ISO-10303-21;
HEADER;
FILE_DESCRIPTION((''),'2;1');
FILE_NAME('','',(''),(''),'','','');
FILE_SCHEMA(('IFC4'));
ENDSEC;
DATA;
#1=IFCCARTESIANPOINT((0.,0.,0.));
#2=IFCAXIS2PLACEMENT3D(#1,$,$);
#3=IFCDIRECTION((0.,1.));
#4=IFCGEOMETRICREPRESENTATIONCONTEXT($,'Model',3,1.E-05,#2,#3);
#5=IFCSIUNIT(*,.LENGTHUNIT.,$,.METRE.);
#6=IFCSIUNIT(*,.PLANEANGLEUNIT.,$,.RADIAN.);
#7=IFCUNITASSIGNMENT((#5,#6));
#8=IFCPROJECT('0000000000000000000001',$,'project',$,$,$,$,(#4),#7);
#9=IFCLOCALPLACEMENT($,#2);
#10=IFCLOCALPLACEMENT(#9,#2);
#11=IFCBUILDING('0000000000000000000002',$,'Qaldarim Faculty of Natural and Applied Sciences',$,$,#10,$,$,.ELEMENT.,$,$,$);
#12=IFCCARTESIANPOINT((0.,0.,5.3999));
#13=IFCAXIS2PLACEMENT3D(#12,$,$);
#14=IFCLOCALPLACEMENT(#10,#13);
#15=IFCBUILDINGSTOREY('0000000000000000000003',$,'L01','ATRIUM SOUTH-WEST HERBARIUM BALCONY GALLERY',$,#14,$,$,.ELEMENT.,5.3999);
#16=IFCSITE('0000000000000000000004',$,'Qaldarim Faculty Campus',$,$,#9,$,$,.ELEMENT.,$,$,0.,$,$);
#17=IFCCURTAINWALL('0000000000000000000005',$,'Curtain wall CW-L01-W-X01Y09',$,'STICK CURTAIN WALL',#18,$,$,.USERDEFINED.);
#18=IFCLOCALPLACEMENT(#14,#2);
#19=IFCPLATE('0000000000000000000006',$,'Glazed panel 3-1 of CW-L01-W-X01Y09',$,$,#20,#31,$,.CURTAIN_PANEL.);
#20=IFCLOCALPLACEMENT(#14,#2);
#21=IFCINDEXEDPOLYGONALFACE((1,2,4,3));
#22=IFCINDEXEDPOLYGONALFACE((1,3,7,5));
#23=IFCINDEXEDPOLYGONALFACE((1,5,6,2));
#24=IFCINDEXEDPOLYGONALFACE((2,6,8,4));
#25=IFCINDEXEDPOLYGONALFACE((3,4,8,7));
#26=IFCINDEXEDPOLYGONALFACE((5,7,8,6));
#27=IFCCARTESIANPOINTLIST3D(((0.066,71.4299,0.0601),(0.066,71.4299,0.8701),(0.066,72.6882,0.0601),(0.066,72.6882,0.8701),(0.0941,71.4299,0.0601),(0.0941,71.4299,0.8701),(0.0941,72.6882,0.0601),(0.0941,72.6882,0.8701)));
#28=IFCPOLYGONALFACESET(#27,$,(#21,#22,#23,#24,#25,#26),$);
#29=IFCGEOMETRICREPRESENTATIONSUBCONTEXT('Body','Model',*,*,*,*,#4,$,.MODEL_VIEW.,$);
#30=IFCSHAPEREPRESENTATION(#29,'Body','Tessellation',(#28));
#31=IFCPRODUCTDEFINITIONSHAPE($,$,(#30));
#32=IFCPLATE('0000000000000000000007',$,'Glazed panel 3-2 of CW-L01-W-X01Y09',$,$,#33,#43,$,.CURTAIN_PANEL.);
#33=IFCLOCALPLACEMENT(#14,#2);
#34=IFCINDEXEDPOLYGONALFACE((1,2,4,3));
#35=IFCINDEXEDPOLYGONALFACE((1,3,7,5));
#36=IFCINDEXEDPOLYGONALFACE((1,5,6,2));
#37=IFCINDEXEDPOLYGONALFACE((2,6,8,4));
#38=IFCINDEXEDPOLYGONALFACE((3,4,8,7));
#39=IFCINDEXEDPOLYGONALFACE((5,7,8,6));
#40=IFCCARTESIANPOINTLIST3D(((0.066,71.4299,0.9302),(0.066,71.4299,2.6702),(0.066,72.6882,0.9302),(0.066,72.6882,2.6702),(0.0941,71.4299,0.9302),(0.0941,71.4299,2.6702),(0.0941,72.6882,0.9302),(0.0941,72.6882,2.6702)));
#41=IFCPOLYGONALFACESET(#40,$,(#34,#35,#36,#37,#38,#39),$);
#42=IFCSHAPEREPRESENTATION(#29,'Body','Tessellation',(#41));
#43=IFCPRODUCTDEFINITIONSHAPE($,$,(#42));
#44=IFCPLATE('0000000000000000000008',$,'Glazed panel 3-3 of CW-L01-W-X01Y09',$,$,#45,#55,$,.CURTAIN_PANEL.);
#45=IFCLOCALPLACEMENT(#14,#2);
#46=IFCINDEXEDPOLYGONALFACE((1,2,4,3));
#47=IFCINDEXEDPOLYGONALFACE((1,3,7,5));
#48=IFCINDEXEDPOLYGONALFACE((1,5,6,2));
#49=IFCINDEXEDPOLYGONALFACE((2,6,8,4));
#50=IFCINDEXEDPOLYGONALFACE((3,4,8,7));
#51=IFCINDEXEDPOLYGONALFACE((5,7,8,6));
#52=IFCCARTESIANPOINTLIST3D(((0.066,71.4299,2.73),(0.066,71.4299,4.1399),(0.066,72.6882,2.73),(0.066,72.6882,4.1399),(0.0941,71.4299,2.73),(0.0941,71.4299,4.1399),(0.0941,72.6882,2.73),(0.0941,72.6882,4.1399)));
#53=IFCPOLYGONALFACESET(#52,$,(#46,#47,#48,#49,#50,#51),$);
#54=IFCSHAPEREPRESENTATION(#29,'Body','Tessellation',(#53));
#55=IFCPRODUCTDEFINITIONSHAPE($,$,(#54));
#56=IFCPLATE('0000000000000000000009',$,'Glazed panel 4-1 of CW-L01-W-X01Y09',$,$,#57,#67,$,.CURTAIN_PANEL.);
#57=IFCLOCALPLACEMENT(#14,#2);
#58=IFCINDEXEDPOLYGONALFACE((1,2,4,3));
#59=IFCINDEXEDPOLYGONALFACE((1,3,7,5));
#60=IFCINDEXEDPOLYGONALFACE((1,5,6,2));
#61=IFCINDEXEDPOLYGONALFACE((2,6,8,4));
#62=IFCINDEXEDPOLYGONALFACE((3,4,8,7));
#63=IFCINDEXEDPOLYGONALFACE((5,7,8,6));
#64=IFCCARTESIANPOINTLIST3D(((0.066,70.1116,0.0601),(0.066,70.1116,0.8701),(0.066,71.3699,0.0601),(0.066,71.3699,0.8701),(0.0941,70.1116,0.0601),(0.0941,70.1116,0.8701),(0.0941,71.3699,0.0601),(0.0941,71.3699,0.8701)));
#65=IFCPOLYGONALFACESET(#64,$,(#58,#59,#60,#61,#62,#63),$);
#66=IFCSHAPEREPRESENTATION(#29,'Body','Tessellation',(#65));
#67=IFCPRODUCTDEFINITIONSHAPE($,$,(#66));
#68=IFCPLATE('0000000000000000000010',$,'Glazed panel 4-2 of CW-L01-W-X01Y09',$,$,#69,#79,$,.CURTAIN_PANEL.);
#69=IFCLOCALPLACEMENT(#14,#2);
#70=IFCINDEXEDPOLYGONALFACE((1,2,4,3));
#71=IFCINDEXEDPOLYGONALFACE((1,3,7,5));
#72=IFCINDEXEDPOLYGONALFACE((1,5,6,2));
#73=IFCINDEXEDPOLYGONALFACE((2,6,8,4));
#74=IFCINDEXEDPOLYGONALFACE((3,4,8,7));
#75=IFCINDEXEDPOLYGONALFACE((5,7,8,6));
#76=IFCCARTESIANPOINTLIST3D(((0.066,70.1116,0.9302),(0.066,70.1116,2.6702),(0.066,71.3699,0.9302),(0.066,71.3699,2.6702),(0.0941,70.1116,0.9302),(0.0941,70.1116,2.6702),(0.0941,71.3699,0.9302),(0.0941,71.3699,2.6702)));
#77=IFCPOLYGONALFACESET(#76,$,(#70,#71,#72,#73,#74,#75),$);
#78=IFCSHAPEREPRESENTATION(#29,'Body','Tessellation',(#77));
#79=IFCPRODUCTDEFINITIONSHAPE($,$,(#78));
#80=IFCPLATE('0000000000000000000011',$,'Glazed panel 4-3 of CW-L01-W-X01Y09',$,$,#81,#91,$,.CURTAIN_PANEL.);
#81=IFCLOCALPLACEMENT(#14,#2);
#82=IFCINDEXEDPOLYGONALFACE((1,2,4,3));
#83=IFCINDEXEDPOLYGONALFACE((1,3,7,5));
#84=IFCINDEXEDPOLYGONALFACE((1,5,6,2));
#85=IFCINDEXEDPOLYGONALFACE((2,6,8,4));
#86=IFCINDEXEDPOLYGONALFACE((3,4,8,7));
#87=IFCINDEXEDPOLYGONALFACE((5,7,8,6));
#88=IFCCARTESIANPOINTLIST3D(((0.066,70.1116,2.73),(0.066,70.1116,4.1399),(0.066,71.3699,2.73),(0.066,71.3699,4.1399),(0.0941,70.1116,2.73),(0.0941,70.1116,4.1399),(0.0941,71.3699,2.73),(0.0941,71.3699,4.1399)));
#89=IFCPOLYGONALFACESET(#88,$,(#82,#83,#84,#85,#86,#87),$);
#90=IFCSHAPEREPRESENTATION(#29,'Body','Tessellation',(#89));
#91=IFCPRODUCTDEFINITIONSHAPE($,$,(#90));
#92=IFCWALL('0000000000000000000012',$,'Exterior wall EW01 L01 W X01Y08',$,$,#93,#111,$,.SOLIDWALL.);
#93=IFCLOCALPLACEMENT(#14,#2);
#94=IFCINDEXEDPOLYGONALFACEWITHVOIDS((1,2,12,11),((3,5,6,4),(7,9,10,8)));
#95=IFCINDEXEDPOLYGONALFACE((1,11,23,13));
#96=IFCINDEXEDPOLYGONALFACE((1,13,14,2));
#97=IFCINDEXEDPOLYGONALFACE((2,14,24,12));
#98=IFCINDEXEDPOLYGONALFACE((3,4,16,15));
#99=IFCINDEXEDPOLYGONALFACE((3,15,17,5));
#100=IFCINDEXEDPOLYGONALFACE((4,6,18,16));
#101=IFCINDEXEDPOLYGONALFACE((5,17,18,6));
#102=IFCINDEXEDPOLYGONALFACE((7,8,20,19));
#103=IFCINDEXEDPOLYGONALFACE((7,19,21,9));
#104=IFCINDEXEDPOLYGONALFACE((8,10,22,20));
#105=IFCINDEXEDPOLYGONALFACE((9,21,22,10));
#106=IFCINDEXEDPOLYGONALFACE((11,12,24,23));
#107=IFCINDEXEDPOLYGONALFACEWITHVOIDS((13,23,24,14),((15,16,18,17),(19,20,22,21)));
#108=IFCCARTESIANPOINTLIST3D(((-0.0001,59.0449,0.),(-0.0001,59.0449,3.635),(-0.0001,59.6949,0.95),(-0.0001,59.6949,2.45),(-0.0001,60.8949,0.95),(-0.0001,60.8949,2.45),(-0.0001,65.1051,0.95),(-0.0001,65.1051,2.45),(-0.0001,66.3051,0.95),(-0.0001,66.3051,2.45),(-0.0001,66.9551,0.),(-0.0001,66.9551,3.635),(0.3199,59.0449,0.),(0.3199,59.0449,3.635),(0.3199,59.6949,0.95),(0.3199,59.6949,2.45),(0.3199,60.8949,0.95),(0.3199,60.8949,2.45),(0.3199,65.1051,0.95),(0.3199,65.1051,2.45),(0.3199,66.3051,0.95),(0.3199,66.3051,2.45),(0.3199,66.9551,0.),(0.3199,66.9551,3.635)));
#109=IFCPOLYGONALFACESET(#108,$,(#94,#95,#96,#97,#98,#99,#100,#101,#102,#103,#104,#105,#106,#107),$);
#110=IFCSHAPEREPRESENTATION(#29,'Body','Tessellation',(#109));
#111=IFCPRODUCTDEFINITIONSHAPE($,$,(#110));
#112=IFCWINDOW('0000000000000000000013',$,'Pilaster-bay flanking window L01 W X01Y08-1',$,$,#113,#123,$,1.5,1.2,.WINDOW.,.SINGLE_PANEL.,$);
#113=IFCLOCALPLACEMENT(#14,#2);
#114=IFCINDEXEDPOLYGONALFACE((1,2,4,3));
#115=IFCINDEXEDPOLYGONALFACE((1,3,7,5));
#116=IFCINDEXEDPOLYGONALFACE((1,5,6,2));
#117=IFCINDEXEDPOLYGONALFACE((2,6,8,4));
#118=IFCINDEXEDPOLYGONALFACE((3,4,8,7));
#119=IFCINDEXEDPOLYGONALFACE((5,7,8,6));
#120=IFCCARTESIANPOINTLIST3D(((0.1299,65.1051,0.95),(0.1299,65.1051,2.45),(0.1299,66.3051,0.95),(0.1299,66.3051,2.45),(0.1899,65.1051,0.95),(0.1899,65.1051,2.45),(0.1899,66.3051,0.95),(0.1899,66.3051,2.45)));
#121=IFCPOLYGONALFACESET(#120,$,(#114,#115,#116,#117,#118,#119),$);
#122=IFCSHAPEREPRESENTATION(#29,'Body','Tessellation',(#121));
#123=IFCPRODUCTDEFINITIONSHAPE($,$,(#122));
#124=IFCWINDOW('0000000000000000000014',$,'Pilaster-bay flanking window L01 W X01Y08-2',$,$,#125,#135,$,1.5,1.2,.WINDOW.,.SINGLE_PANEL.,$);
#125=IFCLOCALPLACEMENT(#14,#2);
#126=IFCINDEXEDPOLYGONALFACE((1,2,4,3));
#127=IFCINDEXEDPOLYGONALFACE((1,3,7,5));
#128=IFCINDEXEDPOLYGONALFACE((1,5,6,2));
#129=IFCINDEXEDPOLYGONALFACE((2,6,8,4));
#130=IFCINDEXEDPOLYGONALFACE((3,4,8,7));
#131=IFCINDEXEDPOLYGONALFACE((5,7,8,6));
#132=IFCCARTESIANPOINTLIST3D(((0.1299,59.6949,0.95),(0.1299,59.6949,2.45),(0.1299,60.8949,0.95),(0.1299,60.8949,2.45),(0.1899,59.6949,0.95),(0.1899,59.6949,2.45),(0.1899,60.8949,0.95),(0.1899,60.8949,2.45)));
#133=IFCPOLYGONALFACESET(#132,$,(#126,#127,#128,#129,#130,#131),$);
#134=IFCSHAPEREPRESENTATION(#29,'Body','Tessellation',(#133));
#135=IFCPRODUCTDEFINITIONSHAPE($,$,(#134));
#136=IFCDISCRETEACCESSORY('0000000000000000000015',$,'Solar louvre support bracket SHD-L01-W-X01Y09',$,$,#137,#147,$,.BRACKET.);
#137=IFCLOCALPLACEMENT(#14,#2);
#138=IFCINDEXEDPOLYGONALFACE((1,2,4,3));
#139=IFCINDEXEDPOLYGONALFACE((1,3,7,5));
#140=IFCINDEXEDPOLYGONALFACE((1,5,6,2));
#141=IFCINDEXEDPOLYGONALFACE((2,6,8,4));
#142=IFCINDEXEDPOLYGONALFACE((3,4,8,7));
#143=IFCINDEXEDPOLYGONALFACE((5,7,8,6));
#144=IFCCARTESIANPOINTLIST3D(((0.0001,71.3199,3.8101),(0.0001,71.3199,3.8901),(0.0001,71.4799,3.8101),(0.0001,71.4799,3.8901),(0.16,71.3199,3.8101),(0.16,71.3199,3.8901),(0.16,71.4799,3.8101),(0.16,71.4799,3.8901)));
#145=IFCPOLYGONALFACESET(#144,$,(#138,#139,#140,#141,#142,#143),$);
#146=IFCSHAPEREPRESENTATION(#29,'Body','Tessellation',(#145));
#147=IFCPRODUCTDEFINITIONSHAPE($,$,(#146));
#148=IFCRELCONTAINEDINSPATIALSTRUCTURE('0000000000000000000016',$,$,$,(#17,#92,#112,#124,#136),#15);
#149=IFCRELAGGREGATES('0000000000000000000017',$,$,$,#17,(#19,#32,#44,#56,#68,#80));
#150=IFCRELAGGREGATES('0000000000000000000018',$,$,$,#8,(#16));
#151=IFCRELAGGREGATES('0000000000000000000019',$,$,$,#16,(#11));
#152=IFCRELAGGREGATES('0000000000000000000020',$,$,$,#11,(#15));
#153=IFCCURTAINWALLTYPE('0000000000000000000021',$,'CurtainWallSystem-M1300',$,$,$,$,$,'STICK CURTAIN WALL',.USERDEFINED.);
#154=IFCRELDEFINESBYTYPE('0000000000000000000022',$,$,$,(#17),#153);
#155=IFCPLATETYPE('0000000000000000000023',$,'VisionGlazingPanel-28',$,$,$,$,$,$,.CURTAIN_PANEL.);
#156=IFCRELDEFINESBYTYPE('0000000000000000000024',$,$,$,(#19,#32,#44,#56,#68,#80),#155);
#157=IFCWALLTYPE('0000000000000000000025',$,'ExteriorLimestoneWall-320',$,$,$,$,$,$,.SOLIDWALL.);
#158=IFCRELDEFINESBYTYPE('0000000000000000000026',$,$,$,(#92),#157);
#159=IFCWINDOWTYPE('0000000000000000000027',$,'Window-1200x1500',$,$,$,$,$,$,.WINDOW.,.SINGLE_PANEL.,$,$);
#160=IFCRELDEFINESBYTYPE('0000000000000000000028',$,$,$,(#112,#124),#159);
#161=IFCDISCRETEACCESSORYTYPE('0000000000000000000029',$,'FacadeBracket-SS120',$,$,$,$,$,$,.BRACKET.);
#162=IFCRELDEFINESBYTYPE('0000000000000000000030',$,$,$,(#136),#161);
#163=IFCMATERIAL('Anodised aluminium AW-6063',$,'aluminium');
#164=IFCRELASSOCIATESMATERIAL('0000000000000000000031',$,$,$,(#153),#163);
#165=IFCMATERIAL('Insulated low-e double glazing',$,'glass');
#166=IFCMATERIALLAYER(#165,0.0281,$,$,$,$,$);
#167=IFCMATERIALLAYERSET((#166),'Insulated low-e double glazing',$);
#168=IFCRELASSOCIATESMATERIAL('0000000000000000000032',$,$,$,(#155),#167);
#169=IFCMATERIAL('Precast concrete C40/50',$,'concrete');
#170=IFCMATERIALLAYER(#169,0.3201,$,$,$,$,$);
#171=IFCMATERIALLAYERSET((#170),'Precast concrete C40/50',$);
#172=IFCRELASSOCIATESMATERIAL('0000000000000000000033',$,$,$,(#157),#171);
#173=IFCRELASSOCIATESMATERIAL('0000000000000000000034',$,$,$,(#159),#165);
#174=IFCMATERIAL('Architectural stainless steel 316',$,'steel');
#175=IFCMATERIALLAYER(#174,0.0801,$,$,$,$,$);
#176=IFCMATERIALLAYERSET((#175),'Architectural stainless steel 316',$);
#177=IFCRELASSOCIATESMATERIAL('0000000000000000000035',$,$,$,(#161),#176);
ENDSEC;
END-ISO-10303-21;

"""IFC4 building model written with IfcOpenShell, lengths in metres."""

from ifc_helpers import new_model, si_unit, direction, frame, frame_2d, origin, origin_2d, place, context, subcontext, project, spatial, rectangle, extrude, material, layer, layer_set, type_object, element, fill, aggregate, save


model = new_model("IFC4")

# Units and contexts
model_context = context("Model", 3, precision=1e-05, world=origin(), true_north=direction((0.0, 1.0)))
body_context = subcontext(model_context, "Body", "Model", "MODEL_VIEW")
ifc_project = project(units=[si_unit("LENGTHUNIT", "METRE"), si_unit("PLANEANGLEUNIT", "RADIAN")], contexts=[model_context])

# Site, building, storey
site_placement = place(None, origin())
site = spatial("IfcSite", under=ifc_project, at=site_placement, Name="Qaldarim Faculty Campus", CompositionType="ELEMENT", RefElevation=0.0)
building_placement = place(site_placement, origin())
building = spatial("IfcBuilding", under=site, at=building_placement, Name="Qaldarim Faculty of Natural and Applied Sciences", CompositionType="ELEMENT")
storey_placement = place(building_placement, frame((0.0, 0.0, 5.3999)))
storey = spatial("IfcBuildingStorey", under=building, at=storey_placement, Name="L01", Description="ATRIUM SOUTH-WEST HERBARIUM BALCONY GALLERY", CompositionType="ELEMENT", Elevation=5.3999)

# Curtain wall
ifc_material_1 = material(Name="Anodised aluminium AW-6063", Category="aluminium")
curtain_wall_type = type_object("IfcCurtainWallType", Name="CurtainWallSystem-M1300", ElementType="STICK CURTAIN WALL", PredefinedType="USERDEFINED", material=ifc_material_1)
curtain_wall_placement = place(storey_placement, origin())
curtain_wall = element("IfcCurtainWall", 1, at=curtain_wall_placement, inside=storey, type_object=curtain_wall_type, Name="Curtain wall CW-L01-W-X01Y09", ObjectType="STICK CURTAIN WALL", PredefinedType="USERDEFINED")

# Plates
ifc_material_2 = material(Name="Insulated low-e double glazing", Category="glass")
ifc_layer_1 = layer(ifc_material_2, 0.0281)
ifc_layer_set_1 = layer_set([ifc_layer_1], Name="Insulated low-e double glazing")
plate_type = type_object("IfcPlateType", Name="VisionGlazingPanel-28", PredefinedType="CURTAIN_PANEL", material=ifc_layer_set_1)
plate_1_placement = place(storey_placement, frame((0.0801, 72.0591, 0.0601), z_axis=(0.0, 0.0, 1.0), x_axis=(0.0, -1.0, 0.0)))
plate_1 = element("IfcPlate", 2, at=plate_1_placement, type_object=plate_type, Name="Glazed panel 3-1 of CW-L01-W-X01Y09", PredefinedType="CURTAIN_PANEL", context=body_context, shape_type="SweptSolid", body=[
    extrude(rectangle(XDim=1.2583, YDim=0.0281, at=origin_2d()), origin(), (0.0, 0.0, 1.0), 0.8101),
])
plate_2_placement = place(storey_placement, frame((0.0801, 72.0591, 0.9302), z_axis=(0.0, 0.0, 1.0), x_axis=(0.0, -1.0, 0.0)))
plate_2 = element("IfcPlate", 3, at=plate_2_placement, type_object=plate_type, Name="Glazed panel 3-2 of CW-L01-W-X01Y09", PredefinedType="CURTAIN_PANEL", context=body_context, shape_type="SweptSolid", body=[
    extrude(rectangle(XDim=1.2583, YDim=0.0281, at=origin_2d()), origin(), (0.0, 0.0, 1.0), 1.74),
])
plate_3_placement = place(storey_placement, frame((0.0801, 72.0591, 2.73), z_axis=(0.0, 0.0, 1.0), x_axis=(0.0, -1.0, 0.0)))
plate_3 = element("IfcPlate", 4, at=plate_3_placement, type_object=plate_type, Name="Glazed panel 3-3 of CW-L01-W-X01Y09", PredefinedType="CURTAIN_PANEL", context=body_context, shape_type="SweptSolid", body=[
    extrude(rectangle(XDim=1.2583, YDim=0.0281, at=origin_2d()), origin(), (0.0, 0.0, 1.0), 1.4099),
])
plate_4_placement = place(storey_placement, frame((0.0801, 70.7407, 0.0601), z_axis=(0.0, 0.0, 1.0), x_axis=(0.0, -1.0, 0.0)))
plate_4 = element("IfcPlate", 5, at=plate_4_placement, type_object=plate_type, Name="Glazed panel 4-1 of CW-L01-W-X01Y09", PredefinedType="CURTAIN_PANEL", context=body_context, shape_type="SweptSolid", body=[
    extrude(rectangle(XDim=1.2583, YDim=0.0281, at=origin_2d()), origin(), (0.0, 0.0, 1.0), 0.8101),
])
plate_5_placement = place(storey_placement, frame((0.0801, 70.7407, 0.9302), z_axis=(0.0, 0.0, 1.0), x_axis=(0.0, -1.0, 0.0)))
plate_5 = element("IfcPlate", 6, at=plate_5_placement, type_object=plate_type, Name="Glazed panel 4-2 of CW-L01-W-X01Y09", PredefinedType="CURTAIN_PANEL", context=body_context, shape_type="SweptSolid", body=[
    extrude(rectangle(XDim=1.2583, YDim=0.0281, at=origin_2d()), origin(), (0.0, 0.0, 1.0), 1.74),
])
plate_6_placement = place(storey_placement, frame((0.0801, 70.7407, 2.73), z_axis=(0.0, 0.0, 1.0), x_axis=(0.0, -1.0, 0.0)))
plate_6 = element("IfcPlate", 7, at=plate_6_placement, type_object=plate_type, Name="Glazed panel 4-3 of CW-L01-W-X01Y09", PredefinedType="CURTAIN_PANEL", context=body_context, shape_type="SweptSolid", body=[
    extrude(rectangle(XDim=1.2583, YDim=0.0281, at=origin_2d()), origin(), (0.0, 0.0, 1.0), 1.4099),
])
aggregate(curtain_wall, [plate_1, plate_2, plate_3, plate_4, plate_5, plate_6])

# Wall, openings, windows
ifc_material_3 = material(Name="Precast concrete C40/50", Category="concrete")
ifc_layer_2 = layer(ifc_material_3, 0.3201)
ifc_layer_set_2 = layer_set([ifc_layer_2], Name="Precast concrete C40/50")
wall_type = type_object("IfcWallType", Name="ExteriorLimestoneWall-320", PredefinedType="SOLIDWALL", material=ifc_layer_set_2)
wall_placement = place(storey_placement, frame((0.1599, 66.9551, 0.0), z_axis=(0.0, 0.0, 1.0), x_axis=(0.0, -1.0, 0.0)))
wall = element("IfcWall", 8, at=wall_placement, inside=storey, type_object=wall_type, Name="Exterior wall EW01 L01 W X01Y08", PredefinedType="SOLIDWALL", context=body_context, shape_type="SweptSolid", body=[
    extrude(rectangle(XDim=7.9102, YDim=0.3201, at=frame_2d((3.9551, 0.0))), origin(), (0.0, 0.0, 1.0), 3.635),
])
opening_1_placement = place(wall_placement, frame((0.6499, 0.0, 0.95)))
opening_1 = element("IfcOpeningElement", 9, at=opening_1_placement, cuts=wall, PredefinedType="OPENING", context=body_context, shape_type="SweptSolid", body=[
    extrude(rectangle(XDim=1.2, YDim=1.5, at=frame_2d((0.6001, 0.75))), frame((0.0, 0.1699, 0.0), z_axis=(0.0, -1.0, 0.0), x_axis=(1.0, 0.0, 0.0)), (0.0, 0.0, 1.0), 0.3401),
])
opening_2_placement = place(wall_placement, frame((6.0601, 0.0, 0.95)))
opening_2 = element("IfcOpeningElement", 10, at=opening_2_placement, cuts=wall, PredefinedType="OPENING", context=body_context, shape_type="SweptSolid", body=[
    extrude(rectangle(XDim=1.2, YDim=1.5, at=frame_2d((0.6001, 0.75))), frame((0.0, 0.1699, 0.0), z_axis=(0.0, -1.0, 0.0), x_axis=(1.0, 0.0, 0.0)), (0.0, 0.0, 1.0), 0.3401),
])
window_type = type_object("IfcWindowType", Name="Window-1200x1500", PartitioningType="SINGLE_PANEL", PredefinedType="WINDOW", material=ifc_material_2)
window_1_placement = place(opening_1_placement, origin())
window_1 = element("IfcWindow", 11, at=window_1_placement, inside=storey, type_object=window_type, Name="Pilaster-bay flanking window L01 W X01Y08-1", OverallHeight=1.5, OverallWidth=1.2, PartitioningType="SINGLE_PANEL", PredefinedType="WINDOW", context=body_context, shape_type="SweptSolid", body=[
    extrude(rectangle(XDim=1.2, YDim=1.5, at=frame_2d((0.6001, 0.75))), frame((0.0, 0.03, 0.0), z_axis=(0.0, -1.0, 0.0), x_axis=(1.0, 0.0, 0.0)), (0.0, 0.0, 1.0), 0.0601),
])
fill(opening_1, window_1)
window_2_placement = place(opening_2_placement, origin())
window_2 = element("IfcWindow", 12, at=window_2_placement, inside=storey, type_object=window_type, Name="Pilaster-bay flanking window L01 W X01Y08-2", OverallHeight=1.5, OverallWidth=1.2, PartitioningType="SINGLE_PANEL", PredefinedType="WINDOW", context=body_context, shape_type="SweptSolid", body=[
    extrude(rectangle(XDim=1.2, YDim=1.5, at=frame_2d((0.6001, 0.75))), frame((0.0, 0.03, 0.0), z_axis=(0.0, -1.0, 0.0), x_axis=(1.0, 0.0, 0.0)), (0.0, 0.0, 1.0), 0.0601),
])
fill(opening_2, window_2)

# Discrete accessory
ifc_material_4 = material(Name="Architectural stainless steel 316", Category="steel")
ifc_layer_3 = layer(ifc_material_4, 0.0801)
ifc_layer_set_3 = layer_set([ifc_layer_3], Name="Architectural stainless steel 316")
discrete_accessory_type = type_object("IfcDiscreteAccessoryType", Name="FacadeBracket-SS120", PredefinedType="BRACKET", material=ifc_layer_set_3)
discrete_accessory_placement = place(storey_placement, frame((0.0801, 71.3999, 3.8101), z_axis=(0.0, 0.0, 1.0), x_axis=(0.0, 1.0, 0.0)))
element("IfcDiscreteAccessory", 13, at=discrete_accessory_placement, inside=storey, type_object=discrete_accessory_type, Name="Solar louvre support bracket SHD-L01-W-X01Y09", PredefinedType="BRACKET", context=body_context, shape_type="SweptSolid", body=[
    extrude(rectangle(XDim=0.1599, YDim=0.1599, at=origin_2d()), origin(), (0.0, 0.0, 1.0), 0.0801),
])

save(model, "model.ifc")
